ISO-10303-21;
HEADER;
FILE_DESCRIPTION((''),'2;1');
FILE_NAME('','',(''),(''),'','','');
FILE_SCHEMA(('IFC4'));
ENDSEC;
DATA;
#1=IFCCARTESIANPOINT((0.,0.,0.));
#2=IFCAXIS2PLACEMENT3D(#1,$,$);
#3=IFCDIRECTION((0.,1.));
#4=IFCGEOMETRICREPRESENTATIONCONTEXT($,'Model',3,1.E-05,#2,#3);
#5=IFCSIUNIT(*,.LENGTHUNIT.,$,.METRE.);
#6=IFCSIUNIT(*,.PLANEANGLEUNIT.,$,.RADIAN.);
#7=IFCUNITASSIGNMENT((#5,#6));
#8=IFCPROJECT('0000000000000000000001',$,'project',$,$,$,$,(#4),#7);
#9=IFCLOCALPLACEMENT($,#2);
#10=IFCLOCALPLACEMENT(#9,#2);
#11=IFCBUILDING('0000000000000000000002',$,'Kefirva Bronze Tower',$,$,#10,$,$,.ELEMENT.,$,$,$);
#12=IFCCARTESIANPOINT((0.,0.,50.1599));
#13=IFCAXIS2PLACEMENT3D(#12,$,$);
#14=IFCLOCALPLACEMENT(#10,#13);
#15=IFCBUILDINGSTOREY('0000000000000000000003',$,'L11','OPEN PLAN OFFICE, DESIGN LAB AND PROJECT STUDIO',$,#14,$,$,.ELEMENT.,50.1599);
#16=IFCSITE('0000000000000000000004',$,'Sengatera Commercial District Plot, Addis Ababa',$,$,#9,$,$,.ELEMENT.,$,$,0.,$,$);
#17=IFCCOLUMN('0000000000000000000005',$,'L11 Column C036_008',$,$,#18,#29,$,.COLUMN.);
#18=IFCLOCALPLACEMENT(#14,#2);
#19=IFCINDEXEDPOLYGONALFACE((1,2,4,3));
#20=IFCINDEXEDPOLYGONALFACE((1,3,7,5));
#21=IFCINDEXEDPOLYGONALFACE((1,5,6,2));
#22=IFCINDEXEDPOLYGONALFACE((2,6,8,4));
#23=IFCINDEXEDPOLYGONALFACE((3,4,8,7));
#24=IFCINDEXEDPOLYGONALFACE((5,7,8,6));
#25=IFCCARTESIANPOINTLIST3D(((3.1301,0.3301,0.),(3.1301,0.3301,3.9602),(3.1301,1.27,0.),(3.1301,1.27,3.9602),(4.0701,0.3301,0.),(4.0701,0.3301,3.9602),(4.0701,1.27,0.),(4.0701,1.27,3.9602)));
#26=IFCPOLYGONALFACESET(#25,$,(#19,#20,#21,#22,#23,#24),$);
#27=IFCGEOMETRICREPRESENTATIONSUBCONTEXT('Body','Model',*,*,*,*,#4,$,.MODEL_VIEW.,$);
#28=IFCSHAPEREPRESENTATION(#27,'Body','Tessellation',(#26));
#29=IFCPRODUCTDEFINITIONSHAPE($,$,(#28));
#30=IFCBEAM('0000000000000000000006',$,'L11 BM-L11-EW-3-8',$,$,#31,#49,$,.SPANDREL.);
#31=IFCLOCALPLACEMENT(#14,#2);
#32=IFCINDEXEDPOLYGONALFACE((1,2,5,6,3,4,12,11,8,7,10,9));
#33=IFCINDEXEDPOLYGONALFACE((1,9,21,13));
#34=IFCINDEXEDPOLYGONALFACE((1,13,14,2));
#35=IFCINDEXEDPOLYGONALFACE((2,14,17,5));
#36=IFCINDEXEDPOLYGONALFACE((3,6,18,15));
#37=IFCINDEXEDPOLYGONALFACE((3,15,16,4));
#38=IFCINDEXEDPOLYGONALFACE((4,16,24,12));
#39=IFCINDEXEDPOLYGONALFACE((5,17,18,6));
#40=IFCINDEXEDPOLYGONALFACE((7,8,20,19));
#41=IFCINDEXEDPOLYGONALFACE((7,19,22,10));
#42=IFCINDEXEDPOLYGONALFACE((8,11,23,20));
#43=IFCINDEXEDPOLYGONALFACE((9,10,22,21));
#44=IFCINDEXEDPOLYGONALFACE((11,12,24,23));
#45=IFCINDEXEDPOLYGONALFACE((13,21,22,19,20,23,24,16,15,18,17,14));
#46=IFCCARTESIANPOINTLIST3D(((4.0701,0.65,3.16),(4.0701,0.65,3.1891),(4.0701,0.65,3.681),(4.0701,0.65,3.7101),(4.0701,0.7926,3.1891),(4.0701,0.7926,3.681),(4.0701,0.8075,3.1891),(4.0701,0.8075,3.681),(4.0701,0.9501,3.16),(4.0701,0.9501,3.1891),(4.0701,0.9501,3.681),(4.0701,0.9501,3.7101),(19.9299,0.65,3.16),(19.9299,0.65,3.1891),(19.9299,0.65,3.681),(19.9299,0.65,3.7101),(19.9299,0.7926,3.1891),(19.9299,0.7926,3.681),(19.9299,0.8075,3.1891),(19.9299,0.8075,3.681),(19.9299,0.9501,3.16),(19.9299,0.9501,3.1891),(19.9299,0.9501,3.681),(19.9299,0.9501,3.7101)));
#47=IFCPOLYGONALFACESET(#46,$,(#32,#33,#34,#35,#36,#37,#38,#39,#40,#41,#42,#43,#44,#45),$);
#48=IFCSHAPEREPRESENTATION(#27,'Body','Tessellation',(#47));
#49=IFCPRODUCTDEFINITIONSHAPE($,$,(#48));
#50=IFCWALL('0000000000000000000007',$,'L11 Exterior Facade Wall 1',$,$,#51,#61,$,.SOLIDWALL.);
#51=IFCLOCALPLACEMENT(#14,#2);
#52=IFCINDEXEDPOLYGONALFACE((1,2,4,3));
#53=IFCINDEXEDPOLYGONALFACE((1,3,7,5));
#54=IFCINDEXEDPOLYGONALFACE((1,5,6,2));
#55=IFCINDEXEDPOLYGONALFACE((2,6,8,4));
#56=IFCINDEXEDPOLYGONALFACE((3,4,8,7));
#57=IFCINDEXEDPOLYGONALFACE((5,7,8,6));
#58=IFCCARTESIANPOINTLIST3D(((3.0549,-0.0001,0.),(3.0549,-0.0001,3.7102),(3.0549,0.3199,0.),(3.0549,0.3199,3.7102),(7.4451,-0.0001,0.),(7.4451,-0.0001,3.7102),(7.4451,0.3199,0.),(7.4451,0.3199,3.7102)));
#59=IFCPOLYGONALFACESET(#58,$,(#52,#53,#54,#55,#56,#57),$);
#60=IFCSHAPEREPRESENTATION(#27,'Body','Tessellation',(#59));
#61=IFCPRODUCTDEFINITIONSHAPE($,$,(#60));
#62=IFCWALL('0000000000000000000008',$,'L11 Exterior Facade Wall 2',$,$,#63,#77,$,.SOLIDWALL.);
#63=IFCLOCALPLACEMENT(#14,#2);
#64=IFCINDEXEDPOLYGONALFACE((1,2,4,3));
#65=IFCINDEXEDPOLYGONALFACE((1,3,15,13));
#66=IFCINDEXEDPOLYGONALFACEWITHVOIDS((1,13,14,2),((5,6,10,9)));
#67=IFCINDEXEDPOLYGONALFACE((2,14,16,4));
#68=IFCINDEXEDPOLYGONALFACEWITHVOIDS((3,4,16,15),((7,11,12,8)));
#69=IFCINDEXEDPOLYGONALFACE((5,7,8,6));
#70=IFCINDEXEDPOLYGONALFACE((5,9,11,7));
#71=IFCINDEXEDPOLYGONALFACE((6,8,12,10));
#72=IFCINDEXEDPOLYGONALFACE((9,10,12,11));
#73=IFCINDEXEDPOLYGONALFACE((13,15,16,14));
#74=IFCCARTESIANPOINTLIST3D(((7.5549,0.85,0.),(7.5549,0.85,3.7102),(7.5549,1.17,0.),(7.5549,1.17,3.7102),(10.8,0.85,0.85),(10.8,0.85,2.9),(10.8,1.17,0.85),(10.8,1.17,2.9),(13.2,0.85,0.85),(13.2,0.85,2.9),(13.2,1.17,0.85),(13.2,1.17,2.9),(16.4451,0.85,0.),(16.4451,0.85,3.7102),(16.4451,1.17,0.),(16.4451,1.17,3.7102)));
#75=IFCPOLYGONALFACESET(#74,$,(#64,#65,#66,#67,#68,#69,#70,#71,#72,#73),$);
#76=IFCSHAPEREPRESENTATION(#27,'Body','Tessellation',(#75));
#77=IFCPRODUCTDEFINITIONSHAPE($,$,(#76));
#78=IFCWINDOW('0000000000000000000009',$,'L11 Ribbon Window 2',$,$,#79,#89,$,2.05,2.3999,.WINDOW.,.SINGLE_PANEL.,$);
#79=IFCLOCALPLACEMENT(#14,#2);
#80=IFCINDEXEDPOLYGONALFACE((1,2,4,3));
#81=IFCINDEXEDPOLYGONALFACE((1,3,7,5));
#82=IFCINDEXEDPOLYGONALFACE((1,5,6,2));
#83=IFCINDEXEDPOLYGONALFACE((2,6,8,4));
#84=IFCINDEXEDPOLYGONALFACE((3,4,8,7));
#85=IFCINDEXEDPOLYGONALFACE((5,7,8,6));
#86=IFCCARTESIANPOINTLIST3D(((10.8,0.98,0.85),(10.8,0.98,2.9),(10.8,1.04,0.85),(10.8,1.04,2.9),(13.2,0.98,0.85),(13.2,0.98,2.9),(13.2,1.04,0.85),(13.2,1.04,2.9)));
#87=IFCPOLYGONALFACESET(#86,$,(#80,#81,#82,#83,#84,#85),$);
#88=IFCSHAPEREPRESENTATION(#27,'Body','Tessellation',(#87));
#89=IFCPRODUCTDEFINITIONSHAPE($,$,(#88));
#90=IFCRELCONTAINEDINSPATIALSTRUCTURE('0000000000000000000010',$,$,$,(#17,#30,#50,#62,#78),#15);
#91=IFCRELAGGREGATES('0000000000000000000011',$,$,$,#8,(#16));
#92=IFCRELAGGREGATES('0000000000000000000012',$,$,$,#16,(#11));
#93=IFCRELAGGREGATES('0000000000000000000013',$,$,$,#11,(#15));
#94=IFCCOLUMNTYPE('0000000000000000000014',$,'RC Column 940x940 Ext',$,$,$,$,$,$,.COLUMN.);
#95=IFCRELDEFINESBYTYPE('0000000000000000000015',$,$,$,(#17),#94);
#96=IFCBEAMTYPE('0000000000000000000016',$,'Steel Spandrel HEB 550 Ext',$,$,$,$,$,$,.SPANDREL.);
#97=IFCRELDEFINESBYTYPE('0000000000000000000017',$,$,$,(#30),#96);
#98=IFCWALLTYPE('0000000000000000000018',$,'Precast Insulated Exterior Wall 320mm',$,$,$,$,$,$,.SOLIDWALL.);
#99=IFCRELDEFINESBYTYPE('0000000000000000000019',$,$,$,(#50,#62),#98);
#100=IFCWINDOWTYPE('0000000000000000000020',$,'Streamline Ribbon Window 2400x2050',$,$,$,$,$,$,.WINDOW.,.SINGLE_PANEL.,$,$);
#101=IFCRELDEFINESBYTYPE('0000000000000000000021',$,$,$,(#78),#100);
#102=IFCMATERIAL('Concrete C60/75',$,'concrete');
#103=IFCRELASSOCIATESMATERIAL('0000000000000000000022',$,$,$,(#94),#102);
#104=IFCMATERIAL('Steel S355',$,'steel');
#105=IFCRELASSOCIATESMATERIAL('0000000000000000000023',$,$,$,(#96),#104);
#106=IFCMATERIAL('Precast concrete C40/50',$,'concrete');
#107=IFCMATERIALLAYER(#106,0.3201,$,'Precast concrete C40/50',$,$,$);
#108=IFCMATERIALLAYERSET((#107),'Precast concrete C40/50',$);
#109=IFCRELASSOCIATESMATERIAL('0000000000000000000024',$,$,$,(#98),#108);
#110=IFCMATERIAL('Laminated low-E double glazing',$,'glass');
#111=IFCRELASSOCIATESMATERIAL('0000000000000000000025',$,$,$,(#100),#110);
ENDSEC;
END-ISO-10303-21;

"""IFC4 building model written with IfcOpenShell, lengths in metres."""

from ifc_helpers import new_model, si_unit, direction, frame, frame_2d, origin, origin_2d, place, context, subcontext, project, spatial, rectangle, i_section, extrude, material, layer, layer_set, material_profile, profile_set, type_object, element, fill, save


model = new_model("IFC4")

# Units and contexts
model_context = context("Model", 3, precision=1e-05, world=origin(), true_north=direction((0.0, 1.0)))
body_context = subcontext(model_context, "Body", "Model", "MODEL_VIEW")
ifc_project = project(units=[si_unit("LENGTHUNIT", "METRE"), si_unit("PLANEANGLEUNIT", "RADIAN")], contexts=[model_context])

# Site, building, storey
site_placement = place(None, origin())
site = spatial("IfcSite", under=ifc_project, at=site_placement, Name="Sengatera Commercial District Plot, Addis Ababa", CompositionType="ELEMENT", RefElevation=0.0)
building_placement = place(site_placement, origin())
building = spatial("IfcBuilding", under=site, at=building_placement, Name="Kefirva Bronze Tower", CompositionType="ELEMENT")
storey_placement = place(building_placement, frame((0.0, 0.0, 50.1599)))
storey = spatial("IfcBuildingStorey", under=building, at=storey_placement, Name="L11", Description="OPEN PLAN OFFICE, DESIGN LAB AND PROJECT STUDIO", CompositionType="ELEMENT", Elevation=50.1599)

# Column
ifc_material_1 = material(Name="Concrete C60/75", Category="concrete")
ifc_material_profile_1 = material_profile(ifc_material_1, rectangle(XDim=0.9399, YDim=0.9399, at=origin_2d()), Name="RC 940x940")
ifc_profile_set_1 = profile_set([ifc_material_profile_1], Name="Concrete C60/75")
column_type = type_object("IfcColumnType", Name="RC Column 940x940 Ext", PredefinedType="COLUMN", material=ifc_profile_set_1)
column_placement = place(storey_placement, frame((3.6001, 0.8, 0.0), z_axis=(0.0, 0.0, 1.0), x_axis=(1.0, 0.0, 0.0)))
element("IfcColumn", 1, at=column_placement, inside=storey, type_object=column_type, Name="L11 Column C036_008", PredefinedType="COLUMN", context=body_context, shape_type="SweptSolid", body=[
    extrude(rectangle(XDim=0.9399, YDim=0.9399, at=origin_2d()), origin(), (0.0, 0.0, 1.0), 3.9602),
])

# Beam
ifc_material_2 = material(Name="Steel S355", Category="steel")
ifc_material_profile_2 = material_profile(ifc_material_2, i_section(OverallWidth=0.3, OverallDepth=0.55, WebThickness=0.0149, FlangeThickness=0.0291, at=origin_2d()), Name="HEB 550")
ifc_profile_set_2 = profile_set([ifc_material_profile_2], Name="Steel S355")
beam_type = type_object("IfcBeamType", Name="Steel Spandrel HEB 550 Ext", PredefinedType="SPANDREL", material=ifc_profile_set_2)
beam_placement = place(storey_placement, frame((4.0701, 0.8, 3.4351), z_axis=(1.0, 0.0, 0.0), x_axis=(0.0, 1.0, 0.0)))
element("IfcBeam", 2, at=beam_placement, inside=storey, type_object=beam_type, Name="L11 BM-L11-EW-3-8", PredefinedType="SPANDREL", context=body_context, shape_type="SweptSolid", body=[
    extrude(i_section(OverallWidth=0.3, OverallDepth=0.55, WebThickness=0.0149, FlangeThickness=0.0291, at=origin_2d()), origin(), (0.0, 0.0, 1.0), 15.8599),
])

# Wall
ifc_material_3 = material(Name="Precast concrete C40/50", Category="concrete")
ifc_layer_1 = layer(ifc_material_3, 0.3201, Name="Precast concrete C40/50")
ifc_layer_set_1 = layer_set([ifc_layer_1], Name="Precast concrete C40/50")
wall_type_1 = type_object("IfcWallType", Name="Precast Insulated Exterior Wall 320mm", PredefinedType="SOLIDWALL", material=ifc_layer_set_1)
wall_1_placement = place(storey_placement, frame((3.0549, 0.1599, 0.0), z_axis=(0.0, 0.0, 1.0), x_axis=(1.0, 0.0, 0.0)))
element("IfcWall", 3, at=wall_1_placement, inside=storey, type_object=wall_type_1, Name="L11 Exterior Facade Wall 1", PredefinedType="SOLIDWALL", context=body_context, shape_type="SweptSolid", body=[
    extrude(rectangle(XDim=4.3901, YDim=0.3201, at=frame_2d((2.1951, 0.0))), origin(), (0.0, 0.0, 1.0), 3.7102),
])

# Wall, opening, window
wall_2_placement = place(storey_placement, frame((7.5549, 1.01, 0.0), z_axis=(0.0, 0.0, 1.0), x_axis=(1.0, 0.0, 0.0)))
wall_2 = element("IfcWall", 4, at=wall_2_placement, inside=storey, type_object=wall_type_1, Name="L11 Exterior Facade Wall 2", PredefinedType="SOLIDWALL", context=body_context, shape_type="SweptSolid", body=[
    extrude(rectangle(XDim=8.8901, YDim=0.3201, at=frame_2d((4.4451, 0.0))), origin(), (0.0, 0.0, 1.0), 3.7102),
])
opening_1_placement = place(wall_2_placement, frame((3.2451, 0.0, 0.8501)))
opening_1 = element("IfcOpeningElement", 5, at=opening_1_placement, cuts=wall_2, PredefinedType="OPENING", context=body_context, shape_type="SweptSolid", body=[
    extrude(rectangle(XDim=2.3999, YDim=2.05, at=frame_2d((1.2, 1.0249))), frame((0.0, 0.1699, 0.0), z_axis=(0.0, -1.0, 0.0), x_axis=(1.0, 0.0, 0.0)), (0.0, 0.0, 1.0), 0.3401),
])
ifc_material_4 = material(Name="Laminated low-E double glazing", Category="glass")
window_type = type_object("IfcWindowType", Name="Streamline Ribbon Window 2400x2050", PartitioningType="SINGLE_PANEL", PredefinedType="WINDOW", material=ifc_material_4)
window_placement = place(opening_1_placement, origin())
window = element("IfcWindow", 6, at=window_placement, inside=storey, type_object=window_type, Name="L11 Ribbon Window 2", OverallHeight=2.05, OverallWidth=2.3999, PartitioningType="SINGLE_PANEL", PredefinedType="WINDOW", context=body_context, shape_type="SweptSolid", body=[
    extrude(rectangle(XDim=2.3999, YDim=2.05, at=frame_2d((1.2, 1.0249))), frame((0.0, 0.03, 0.0), z_axis=(0.0, -1.0, 0.0), x_axis=(1.0, 0.0, 0.0)), (0.0, 0.0, 1.0), 0.0601),
])
fill(opening_1, window)

save(model, "model.ifc")
